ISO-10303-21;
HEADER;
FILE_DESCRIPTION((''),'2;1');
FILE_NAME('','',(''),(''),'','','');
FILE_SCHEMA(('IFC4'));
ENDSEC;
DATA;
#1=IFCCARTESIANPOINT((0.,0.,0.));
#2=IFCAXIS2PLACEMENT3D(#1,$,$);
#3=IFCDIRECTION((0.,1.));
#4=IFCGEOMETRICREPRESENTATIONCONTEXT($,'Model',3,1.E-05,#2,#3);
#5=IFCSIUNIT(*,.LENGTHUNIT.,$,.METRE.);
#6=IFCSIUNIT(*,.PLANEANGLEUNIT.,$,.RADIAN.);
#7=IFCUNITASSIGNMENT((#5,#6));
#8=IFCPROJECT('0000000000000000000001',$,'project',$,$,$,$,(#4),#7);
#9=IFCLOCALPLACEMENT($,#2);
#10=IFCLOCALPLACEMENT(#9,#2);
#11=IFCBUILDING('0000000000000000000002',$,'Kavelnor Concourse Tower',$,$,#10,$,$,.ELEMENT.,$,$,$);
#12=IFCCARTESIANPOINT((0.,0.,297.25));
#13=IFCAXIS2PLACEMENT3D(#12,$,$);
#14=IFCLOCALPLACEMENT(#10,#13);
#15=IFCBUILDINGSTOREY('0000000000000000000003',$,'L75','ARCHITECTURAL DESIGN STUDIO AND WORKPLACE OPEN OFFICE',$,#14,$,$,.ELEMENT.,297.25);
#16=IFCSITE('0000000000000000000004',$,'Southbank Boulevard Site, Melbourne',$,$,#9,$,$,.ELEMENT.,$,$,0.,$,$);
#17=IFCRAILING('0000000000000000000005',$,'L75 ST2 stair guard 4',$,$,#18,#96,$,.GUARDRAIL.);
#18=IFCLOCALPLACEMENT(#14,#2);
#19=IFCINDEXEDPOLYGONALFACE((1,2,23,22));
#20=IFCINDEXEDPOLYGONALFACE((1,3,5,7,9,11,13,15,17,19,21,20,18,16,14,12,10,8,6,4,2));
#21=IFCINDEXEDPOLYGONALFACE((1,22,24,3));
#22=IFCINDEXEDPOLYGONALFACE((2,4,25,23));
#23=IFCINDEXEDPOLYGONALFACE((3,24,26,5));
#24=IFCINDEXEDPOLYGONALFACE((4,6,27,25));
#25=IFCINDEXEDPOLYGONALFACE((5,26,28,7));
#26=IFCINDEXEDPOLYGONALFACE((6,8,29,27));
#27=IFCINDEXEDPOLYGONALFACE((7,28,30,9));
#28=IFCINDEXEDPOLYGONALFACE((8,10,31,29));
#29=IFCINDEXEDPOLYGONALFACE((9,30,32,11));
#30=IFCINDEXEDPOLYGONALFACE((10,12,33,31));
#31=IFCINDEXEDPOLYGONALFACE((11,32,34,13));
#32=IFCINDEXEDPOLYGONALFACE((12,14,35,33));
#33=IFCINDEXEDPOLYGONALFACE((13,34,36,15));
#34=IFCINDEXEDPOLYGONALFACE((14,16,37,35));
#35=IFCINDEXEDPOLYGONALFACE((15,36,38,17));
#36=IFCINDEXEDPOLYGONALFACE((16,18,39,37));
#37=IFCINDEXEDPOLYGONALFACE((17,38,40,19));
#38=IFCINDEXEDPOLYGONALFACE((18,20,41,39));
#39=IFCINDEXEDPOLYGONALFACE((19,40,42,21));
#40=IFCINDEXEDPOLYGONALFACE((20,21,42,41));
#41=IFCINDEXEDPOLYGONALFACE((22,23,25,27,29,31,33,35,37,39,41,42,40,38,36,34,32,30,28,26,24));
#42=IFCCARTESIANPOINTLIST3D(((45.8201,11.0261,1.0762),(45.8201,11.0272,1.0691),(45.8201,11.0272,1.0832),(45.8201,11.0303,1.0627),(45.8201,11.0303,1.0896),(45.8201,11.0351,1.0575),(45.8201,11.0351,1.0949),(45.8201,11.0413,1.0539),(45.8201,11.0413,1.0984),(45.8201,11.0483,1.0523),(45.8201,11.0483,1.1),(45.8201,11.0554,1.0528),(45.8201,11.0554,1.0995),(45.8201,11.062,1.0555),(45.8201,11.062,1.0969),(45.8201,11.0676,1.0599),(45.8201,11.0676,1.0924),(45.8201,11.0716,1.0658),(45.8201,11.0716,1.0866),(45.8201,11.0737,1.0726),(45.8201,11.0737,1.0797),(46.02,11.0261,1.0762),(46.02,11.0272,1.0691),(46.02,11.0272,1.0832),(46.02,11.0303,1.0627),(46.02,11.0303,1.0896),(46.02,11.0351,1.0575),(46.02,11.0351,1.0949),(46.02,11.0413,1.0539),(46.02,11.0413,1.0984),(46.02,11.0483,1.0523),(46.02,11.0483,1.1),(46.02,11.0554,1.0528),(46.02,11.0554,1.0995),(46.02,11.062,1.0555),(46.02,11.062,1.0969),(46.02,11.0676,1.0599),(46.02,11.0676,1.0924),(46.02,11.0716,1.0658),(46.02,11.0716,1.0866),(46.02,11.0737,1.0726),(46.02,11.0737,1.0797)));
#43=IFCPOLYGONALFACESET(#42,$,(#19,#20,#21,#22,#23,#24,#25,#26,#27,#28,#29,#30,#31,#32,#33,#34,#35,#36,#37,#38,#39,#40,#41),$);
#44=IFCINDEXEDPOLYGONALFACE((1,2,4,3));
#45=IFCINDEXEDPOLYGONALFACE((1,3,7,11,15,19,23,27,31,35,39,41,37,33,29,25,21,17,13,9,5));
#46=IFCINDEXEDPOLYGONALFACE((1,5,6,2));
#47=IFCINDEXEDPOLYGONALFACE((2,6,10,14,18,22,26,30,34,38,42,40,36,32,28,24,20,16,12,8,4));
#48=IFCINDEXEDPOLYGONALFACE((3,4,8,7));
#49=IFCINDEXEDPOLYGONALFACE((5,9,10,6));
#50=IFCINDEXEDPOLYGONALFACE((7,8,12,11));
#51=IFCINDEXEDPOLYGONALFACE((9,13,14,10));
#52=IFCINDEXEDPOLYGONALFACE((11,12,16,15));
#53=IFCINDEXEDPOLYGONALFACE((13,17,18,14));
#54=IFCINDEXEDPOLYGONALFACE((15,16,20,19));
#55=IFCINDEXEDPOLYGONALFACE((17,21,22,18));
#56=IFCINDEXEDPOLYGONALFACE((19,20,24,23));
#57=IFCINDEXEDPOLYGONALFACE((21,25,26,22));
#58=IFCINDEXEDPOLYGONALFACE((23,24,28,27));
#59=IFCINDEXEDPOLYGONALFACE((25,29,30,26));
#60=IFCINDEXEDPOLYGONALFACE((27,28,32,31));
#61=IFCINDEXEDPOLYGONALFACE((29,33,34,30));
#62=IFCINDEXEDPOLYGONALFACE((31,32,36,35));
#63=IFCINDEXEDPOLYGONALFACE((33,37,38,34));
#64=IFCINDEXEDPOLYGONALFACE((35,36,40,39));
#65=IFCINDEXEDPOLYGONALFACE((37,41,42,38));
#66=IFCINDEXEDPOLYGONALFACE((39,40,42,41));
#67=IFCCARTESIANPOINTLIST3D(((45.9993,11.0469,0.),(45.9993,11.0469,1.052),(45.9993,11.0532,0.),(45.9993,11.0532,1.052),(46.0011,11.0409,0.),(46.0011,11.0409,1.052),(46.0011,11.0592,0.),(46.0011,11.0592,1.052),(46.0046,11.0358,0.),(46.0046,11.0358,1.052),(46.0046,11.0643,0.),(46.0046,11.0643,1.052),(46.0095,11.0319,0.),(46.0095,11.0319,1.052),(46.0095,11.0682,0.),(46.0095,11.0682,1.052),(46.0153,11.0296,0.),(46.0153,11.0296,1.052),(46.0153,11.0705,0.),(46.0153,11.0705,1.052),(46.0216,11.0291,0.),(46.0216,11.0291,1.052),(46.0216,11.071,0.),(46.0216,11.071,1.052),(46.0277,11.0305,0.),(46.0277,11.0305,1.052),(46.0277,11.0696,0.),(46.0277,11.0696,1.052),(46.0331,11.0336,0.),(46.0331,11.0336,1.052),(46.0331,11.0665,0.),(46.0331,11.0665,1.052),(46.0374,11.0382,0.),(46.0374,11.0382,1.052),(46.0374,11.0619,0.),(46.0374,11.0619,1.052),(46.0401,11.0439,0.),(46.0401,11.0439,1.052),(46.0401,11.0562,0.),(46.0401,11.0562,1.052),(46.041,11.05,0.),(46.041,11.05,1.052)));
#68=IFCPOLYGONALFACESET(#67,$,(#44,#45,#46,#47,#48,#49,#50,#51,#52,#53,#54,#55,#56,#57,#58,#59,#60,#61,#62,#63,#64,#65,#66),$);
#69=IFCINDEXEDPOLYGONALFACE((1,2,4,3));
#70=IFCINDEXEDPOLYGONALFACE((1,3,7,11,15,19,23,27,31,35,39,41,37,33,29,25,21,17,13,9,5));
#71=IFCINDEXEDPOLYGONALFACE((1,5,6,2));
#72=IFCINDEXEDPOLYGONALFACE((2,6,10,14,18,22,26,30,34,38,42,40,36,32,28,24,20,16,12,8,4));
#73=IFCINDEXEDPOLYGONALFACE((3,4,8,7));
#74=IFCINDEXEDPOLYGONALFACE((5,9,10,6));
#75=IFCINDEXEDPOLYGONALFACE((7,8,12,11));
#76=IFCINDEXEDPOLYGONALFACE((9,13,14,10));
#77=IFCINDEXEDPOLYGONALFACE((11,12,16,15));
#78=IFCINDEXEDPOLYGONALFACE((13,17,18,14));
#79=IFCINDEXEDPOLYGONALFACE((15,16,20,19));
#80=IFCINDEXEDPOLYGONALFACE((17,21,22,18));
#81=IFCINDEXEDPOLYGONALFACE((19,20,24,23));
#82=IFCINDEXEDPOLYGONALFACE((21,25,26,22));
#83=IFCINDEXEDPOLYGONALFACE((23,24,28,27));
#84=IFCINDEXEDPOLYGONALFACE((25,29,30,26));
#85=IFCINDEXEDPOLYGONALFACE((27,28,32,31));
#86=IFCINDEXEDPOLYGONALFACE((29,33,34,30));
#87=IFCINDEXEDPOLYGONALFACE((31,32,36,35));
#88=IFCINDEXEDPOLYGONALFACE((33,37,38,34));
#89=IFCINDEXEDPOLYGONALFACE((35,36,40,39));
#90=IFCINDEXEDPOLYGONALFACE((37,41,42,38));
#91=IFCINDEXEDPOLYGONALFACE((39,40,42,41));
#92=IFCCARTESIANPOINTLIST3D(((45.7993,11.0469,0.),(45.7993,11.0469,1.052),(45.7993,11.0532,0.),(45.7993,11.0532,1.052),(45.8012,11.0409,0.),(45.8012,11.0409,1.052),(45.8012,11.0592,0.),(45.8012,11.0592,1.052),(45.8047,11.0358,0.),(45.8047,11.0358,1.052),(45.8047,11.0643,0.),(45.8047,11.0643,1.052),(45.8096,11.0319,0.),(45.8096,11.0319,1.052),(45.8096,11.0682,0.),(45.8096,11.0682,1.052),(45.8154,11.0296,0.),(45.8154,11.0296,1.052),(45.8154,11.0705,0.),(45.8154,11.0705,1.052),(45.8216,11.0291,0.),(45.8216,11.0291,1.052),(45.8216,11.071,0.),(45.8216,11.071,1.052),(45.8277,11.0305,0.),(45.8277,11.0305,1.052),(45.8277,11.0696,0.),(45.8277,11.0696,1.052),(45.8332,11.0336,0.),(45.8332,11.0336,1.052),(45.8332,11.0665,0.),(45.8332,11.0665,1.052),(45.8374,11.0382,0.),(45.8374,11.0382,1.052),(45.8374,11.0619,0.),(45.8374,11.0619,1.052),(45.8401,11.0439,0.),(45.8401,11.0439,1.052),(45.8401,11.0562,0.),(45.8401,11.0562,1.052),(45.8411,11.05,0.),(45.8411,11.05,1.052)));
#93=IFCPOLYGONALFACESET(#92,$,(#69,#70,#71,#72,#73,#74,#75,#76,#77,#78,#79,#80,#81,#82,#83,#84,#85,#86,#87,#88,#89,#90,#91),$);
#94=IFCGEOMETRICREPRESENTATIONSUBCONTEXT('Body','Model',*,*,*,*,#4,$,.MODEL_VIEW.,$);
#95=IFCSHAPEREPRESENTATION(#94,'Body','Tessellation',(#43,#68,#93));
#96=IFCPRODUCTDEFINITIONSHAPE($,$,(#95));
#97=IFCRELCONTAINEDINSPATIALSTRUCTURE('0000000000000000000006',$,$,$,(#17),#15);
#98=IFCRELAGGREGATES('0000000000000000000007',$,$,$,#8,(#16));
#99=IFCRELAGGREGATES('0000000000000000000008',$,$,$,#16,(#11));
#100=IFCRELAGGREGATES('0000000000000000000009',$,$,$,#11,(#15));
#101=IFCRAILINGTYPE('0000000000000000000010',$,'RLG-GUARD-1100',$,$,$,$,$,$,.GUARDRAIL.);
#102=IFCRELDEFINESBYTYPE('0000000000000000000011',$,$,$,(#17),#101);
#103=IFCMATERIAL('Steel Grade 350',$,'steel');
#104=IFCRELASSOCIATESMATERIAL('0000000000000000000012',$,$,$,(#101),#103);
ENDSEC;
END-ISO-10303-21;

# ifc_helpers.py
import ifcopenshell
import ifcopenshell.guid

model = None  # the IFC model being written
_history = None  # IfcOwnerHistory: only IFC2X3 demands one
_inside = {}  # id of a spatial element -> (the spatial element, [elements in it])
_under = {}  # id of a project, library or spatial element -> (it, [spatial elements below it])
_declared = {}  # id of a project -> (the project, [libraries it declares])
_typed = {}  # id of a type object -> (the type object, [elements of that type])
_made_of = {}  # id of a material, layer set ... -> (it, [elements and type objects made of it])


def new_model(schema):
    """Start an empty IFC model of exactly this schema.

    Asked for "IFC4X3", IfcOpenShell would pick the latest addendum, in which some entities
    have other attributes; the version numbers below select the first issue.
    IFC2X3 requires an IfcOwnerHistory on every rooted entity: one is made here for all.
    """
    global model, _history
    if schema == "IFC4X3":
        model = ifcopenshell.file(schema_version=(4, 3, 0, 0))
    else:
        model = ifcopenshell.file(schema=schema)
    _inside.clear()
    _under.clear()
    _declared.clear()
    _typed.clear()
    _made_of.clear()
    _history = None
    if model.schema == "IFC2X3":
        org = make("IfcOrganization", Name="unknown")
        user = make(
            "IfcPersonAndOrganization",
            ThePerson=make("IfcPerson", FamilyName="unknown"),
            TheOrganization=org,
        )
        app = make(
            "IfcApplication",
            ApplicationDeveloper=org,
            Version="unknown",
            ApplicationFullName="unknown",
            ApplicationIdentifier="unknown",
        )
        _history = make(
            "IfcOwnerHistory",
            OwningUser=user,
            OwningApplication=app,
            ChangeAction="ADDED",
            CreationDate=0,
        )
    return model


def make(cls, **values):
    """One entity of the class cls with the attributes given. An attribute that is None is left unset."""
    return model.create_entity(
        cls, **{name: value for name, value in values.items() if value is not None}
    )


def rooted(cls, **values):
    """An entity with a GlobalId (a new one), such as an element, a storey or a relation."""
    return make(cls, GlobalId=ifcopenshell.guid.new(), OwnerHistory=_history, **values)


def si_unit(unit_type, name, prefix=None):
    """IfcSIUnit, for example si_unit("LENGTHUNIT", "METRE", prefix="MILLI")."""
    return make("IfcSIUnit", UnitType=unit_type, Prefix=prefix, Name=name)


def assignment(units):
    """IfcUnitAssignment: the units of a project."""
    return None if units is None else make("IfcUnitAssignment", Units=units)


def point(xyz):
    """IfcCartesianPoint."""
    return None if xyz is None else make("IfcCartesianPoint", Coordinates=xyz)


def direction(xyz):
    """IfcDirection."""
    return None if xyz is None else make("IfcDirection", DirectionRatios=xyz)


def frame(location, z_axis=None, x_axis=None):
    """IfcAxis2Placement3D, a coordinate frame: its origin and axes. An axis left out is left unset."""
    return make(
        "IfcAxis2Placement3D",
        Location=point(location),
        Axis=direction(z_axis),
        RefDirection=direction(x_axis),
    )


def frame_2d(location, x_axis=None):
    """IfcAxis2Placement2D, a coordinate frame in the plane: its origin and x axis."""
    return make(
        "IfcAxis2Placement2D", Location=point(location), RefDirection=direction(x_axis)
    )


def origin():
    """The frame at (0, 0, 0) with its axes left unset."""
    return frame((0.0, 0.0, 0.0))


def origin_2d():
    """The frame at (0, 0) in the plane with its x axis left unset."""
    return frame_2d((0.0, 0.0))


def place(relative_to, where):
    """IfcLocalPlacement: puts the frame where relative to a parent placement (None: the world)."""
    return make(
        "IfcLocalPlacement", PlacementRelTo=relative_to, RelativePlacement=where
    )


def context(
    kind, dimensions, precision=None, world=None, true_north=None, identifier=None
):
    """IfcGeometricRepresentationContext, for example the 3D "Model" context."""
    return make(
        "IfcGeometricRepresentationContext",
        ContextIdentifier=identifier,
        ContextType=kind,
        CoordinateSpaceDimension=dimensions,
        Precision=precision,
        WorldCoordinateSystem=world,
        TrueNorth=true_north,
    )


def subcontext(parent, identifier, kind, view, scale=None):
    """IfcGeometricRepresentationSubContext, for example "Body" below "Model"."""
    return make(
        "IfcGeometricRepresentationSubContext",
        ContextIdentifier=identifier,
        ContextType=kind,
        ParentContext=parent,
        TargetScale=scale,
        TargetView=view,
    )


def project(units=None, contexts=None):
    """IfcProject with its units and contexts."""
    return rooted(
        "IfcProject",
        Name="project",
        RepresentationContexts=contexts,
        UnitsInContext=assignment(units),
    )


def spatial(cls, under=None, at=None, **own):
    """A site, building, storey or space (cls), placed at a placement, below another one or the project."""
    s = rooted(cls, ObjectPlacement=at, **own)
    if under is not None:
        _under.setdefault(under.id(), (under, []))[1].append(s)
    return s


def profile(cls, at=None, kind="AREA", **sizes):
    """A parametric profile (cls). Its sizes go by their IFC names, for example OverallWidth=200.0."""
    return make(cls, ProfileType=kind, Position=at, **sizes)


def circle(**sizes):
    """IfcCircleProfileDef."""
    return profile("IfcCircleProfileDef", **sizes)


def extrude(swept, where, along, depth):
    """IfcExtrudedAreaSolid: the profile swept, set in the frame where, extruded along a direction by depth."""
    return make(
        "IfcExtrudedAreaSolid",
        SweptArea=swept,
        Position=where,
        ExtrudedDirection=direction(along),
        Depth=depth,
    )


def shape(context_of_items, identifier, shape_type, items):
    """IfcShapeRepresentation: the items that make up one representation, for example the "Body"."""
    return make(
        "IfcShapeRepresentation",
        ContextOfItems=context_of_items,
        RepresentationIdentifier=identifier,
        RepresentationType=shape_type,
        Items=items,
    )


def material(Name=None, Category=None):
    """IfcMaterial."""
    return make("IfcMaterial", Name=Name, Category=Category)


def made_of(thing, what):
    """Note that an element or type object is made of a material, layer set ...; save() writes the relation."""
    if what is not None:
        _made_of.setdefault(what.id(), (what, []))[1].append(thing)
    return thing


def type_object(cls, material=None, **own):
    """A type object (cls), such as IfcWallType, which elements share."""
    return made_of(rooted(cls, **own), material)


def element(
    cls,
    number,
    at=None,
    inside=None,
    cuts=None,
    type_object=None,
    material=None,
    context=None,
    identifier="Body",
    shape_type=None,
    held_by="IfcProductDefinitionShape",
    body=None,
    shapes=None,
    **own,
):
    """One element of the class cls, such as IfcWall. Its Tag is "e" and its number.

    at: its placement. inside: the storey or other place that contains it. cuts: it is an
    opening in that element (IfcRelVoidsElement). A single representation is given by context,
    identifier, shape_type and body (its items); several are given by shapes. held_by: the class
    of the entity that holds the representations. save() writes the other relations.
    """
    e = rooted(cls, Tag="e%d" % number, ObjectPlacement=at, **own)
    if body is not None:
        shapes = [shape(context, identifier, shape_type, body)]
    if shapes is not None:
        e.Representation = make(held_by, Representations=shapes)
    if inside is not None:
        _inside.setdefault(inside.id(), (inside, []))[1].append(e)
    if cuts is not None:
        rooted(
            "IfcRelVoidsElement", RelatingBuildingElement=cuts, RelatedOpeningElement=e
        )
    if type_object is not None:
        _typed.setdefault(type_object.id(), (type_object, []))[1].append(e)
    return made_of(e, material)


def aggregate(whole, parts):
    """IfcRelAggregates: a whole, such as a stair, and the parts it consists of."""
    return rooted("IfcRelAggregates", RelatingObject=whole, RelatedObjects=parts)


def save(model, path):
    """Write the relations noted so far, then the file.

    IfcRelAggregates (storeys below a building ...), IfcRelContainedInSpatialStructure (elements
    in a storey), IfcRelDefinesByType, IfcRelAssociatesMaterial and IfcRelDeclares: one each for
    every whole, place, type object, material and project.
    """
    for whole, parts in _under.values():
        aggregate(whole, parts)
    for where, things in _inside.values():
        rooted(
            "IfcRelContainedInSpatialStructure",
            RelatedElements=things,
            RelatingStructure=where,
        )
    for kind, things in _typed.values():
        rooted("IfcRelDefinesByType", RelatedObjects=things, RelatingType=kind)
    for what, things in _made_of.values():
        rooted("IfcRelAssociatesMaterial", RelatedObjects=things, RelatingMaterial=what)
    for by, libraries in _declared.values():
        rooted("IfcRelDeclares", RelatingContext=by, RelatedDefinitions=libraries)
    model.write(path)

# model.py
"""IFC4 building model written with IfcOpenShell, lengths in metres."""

from ifc_helpers import new_model, si_unit, direction, frame, origin, origin_2d, place, context, subcontext, project, spatial, circle, extrude, material, type_object, element, save


model = new_model("IFC4")

# Units and contexts
model_context = context("Model", 3, precision=1e-05, world=origin(), true_north=direction((0.0, 1.0)))
body_context = subcontext(model_context, "Body", "Model", "MODEL_VIEW")
ifc_project = project(units=[si_unit("LENGTHUNIT", "METRE"), si_unit("PLANEANGLEUNIT", "RADIAN")], contexts=[model_context])

# Site, building, storey
site_placement = place(None, origin())
site = spatial("IfcSite", under=ifc_project, at=site_placement, Name="Southbank Boulevard Site, Melbourne", CompositionType="ELEMENT", RefElevation=0.0)
building_placement = place(site_placement, origin())
building = spatial("IfcBuilding", under=site, at=building_placement, Name="Kavelnor Concourse Tower", CompositionType="ELEMENT")
storey_placement = place(building_placement, frame((0.0, 0.0, 297.25)))
storey = spatial("IfcBuildingStorey", under=building, at=storey_placement, Name="L75", Description="ARCHITECTURAL DESIGN STUDIO AND WORKPLACE OPEN OFFICE", CompositionType="ELEMENT", Elevation=297.25)

# Shared definitions
ifc_material_1 = material(Name="Steel Grade 350", Category="steel")

# Railing
railing_type_1 = type_object("IfcRailingType", Name="RLG-GUARD-1100", PredefinedType="GUARDRAIL", material=ifc_material_1)
railing_1_placement = place(storey_placement, frame((46.02, 11.05, 0.0)))
element("IfcRailing", 1, at=railing_1_placement, inside=storey, type_object=railing_type_1, Name="L75 ST2 stair guard 4", PredefinedType="GUARDRAIL", context=body_context, shape_type="SweptSolid", body=[
    extrude(circle(Radius=0.0239, at=origin_2d()), frame((0.0, 0.0, 1.0762), z_axis=(-1.0, 0.0, 0.0), x_axis=(0.0, -1.0, 0.0)), (0.0, 0.0, 1.0), 0.2),
    extrude(circle(Radius=0.021, at=origin_2d()), origin(), (0.0, 0.0, 1.0), 1.052),
    extrude(circle(Radius=0.021, at=origin_2d()), frame((-0.2, 0.0, 0.0)), (0.0, 0.0, 1.0), 1.052),
])

save(model, "model.ifc")
